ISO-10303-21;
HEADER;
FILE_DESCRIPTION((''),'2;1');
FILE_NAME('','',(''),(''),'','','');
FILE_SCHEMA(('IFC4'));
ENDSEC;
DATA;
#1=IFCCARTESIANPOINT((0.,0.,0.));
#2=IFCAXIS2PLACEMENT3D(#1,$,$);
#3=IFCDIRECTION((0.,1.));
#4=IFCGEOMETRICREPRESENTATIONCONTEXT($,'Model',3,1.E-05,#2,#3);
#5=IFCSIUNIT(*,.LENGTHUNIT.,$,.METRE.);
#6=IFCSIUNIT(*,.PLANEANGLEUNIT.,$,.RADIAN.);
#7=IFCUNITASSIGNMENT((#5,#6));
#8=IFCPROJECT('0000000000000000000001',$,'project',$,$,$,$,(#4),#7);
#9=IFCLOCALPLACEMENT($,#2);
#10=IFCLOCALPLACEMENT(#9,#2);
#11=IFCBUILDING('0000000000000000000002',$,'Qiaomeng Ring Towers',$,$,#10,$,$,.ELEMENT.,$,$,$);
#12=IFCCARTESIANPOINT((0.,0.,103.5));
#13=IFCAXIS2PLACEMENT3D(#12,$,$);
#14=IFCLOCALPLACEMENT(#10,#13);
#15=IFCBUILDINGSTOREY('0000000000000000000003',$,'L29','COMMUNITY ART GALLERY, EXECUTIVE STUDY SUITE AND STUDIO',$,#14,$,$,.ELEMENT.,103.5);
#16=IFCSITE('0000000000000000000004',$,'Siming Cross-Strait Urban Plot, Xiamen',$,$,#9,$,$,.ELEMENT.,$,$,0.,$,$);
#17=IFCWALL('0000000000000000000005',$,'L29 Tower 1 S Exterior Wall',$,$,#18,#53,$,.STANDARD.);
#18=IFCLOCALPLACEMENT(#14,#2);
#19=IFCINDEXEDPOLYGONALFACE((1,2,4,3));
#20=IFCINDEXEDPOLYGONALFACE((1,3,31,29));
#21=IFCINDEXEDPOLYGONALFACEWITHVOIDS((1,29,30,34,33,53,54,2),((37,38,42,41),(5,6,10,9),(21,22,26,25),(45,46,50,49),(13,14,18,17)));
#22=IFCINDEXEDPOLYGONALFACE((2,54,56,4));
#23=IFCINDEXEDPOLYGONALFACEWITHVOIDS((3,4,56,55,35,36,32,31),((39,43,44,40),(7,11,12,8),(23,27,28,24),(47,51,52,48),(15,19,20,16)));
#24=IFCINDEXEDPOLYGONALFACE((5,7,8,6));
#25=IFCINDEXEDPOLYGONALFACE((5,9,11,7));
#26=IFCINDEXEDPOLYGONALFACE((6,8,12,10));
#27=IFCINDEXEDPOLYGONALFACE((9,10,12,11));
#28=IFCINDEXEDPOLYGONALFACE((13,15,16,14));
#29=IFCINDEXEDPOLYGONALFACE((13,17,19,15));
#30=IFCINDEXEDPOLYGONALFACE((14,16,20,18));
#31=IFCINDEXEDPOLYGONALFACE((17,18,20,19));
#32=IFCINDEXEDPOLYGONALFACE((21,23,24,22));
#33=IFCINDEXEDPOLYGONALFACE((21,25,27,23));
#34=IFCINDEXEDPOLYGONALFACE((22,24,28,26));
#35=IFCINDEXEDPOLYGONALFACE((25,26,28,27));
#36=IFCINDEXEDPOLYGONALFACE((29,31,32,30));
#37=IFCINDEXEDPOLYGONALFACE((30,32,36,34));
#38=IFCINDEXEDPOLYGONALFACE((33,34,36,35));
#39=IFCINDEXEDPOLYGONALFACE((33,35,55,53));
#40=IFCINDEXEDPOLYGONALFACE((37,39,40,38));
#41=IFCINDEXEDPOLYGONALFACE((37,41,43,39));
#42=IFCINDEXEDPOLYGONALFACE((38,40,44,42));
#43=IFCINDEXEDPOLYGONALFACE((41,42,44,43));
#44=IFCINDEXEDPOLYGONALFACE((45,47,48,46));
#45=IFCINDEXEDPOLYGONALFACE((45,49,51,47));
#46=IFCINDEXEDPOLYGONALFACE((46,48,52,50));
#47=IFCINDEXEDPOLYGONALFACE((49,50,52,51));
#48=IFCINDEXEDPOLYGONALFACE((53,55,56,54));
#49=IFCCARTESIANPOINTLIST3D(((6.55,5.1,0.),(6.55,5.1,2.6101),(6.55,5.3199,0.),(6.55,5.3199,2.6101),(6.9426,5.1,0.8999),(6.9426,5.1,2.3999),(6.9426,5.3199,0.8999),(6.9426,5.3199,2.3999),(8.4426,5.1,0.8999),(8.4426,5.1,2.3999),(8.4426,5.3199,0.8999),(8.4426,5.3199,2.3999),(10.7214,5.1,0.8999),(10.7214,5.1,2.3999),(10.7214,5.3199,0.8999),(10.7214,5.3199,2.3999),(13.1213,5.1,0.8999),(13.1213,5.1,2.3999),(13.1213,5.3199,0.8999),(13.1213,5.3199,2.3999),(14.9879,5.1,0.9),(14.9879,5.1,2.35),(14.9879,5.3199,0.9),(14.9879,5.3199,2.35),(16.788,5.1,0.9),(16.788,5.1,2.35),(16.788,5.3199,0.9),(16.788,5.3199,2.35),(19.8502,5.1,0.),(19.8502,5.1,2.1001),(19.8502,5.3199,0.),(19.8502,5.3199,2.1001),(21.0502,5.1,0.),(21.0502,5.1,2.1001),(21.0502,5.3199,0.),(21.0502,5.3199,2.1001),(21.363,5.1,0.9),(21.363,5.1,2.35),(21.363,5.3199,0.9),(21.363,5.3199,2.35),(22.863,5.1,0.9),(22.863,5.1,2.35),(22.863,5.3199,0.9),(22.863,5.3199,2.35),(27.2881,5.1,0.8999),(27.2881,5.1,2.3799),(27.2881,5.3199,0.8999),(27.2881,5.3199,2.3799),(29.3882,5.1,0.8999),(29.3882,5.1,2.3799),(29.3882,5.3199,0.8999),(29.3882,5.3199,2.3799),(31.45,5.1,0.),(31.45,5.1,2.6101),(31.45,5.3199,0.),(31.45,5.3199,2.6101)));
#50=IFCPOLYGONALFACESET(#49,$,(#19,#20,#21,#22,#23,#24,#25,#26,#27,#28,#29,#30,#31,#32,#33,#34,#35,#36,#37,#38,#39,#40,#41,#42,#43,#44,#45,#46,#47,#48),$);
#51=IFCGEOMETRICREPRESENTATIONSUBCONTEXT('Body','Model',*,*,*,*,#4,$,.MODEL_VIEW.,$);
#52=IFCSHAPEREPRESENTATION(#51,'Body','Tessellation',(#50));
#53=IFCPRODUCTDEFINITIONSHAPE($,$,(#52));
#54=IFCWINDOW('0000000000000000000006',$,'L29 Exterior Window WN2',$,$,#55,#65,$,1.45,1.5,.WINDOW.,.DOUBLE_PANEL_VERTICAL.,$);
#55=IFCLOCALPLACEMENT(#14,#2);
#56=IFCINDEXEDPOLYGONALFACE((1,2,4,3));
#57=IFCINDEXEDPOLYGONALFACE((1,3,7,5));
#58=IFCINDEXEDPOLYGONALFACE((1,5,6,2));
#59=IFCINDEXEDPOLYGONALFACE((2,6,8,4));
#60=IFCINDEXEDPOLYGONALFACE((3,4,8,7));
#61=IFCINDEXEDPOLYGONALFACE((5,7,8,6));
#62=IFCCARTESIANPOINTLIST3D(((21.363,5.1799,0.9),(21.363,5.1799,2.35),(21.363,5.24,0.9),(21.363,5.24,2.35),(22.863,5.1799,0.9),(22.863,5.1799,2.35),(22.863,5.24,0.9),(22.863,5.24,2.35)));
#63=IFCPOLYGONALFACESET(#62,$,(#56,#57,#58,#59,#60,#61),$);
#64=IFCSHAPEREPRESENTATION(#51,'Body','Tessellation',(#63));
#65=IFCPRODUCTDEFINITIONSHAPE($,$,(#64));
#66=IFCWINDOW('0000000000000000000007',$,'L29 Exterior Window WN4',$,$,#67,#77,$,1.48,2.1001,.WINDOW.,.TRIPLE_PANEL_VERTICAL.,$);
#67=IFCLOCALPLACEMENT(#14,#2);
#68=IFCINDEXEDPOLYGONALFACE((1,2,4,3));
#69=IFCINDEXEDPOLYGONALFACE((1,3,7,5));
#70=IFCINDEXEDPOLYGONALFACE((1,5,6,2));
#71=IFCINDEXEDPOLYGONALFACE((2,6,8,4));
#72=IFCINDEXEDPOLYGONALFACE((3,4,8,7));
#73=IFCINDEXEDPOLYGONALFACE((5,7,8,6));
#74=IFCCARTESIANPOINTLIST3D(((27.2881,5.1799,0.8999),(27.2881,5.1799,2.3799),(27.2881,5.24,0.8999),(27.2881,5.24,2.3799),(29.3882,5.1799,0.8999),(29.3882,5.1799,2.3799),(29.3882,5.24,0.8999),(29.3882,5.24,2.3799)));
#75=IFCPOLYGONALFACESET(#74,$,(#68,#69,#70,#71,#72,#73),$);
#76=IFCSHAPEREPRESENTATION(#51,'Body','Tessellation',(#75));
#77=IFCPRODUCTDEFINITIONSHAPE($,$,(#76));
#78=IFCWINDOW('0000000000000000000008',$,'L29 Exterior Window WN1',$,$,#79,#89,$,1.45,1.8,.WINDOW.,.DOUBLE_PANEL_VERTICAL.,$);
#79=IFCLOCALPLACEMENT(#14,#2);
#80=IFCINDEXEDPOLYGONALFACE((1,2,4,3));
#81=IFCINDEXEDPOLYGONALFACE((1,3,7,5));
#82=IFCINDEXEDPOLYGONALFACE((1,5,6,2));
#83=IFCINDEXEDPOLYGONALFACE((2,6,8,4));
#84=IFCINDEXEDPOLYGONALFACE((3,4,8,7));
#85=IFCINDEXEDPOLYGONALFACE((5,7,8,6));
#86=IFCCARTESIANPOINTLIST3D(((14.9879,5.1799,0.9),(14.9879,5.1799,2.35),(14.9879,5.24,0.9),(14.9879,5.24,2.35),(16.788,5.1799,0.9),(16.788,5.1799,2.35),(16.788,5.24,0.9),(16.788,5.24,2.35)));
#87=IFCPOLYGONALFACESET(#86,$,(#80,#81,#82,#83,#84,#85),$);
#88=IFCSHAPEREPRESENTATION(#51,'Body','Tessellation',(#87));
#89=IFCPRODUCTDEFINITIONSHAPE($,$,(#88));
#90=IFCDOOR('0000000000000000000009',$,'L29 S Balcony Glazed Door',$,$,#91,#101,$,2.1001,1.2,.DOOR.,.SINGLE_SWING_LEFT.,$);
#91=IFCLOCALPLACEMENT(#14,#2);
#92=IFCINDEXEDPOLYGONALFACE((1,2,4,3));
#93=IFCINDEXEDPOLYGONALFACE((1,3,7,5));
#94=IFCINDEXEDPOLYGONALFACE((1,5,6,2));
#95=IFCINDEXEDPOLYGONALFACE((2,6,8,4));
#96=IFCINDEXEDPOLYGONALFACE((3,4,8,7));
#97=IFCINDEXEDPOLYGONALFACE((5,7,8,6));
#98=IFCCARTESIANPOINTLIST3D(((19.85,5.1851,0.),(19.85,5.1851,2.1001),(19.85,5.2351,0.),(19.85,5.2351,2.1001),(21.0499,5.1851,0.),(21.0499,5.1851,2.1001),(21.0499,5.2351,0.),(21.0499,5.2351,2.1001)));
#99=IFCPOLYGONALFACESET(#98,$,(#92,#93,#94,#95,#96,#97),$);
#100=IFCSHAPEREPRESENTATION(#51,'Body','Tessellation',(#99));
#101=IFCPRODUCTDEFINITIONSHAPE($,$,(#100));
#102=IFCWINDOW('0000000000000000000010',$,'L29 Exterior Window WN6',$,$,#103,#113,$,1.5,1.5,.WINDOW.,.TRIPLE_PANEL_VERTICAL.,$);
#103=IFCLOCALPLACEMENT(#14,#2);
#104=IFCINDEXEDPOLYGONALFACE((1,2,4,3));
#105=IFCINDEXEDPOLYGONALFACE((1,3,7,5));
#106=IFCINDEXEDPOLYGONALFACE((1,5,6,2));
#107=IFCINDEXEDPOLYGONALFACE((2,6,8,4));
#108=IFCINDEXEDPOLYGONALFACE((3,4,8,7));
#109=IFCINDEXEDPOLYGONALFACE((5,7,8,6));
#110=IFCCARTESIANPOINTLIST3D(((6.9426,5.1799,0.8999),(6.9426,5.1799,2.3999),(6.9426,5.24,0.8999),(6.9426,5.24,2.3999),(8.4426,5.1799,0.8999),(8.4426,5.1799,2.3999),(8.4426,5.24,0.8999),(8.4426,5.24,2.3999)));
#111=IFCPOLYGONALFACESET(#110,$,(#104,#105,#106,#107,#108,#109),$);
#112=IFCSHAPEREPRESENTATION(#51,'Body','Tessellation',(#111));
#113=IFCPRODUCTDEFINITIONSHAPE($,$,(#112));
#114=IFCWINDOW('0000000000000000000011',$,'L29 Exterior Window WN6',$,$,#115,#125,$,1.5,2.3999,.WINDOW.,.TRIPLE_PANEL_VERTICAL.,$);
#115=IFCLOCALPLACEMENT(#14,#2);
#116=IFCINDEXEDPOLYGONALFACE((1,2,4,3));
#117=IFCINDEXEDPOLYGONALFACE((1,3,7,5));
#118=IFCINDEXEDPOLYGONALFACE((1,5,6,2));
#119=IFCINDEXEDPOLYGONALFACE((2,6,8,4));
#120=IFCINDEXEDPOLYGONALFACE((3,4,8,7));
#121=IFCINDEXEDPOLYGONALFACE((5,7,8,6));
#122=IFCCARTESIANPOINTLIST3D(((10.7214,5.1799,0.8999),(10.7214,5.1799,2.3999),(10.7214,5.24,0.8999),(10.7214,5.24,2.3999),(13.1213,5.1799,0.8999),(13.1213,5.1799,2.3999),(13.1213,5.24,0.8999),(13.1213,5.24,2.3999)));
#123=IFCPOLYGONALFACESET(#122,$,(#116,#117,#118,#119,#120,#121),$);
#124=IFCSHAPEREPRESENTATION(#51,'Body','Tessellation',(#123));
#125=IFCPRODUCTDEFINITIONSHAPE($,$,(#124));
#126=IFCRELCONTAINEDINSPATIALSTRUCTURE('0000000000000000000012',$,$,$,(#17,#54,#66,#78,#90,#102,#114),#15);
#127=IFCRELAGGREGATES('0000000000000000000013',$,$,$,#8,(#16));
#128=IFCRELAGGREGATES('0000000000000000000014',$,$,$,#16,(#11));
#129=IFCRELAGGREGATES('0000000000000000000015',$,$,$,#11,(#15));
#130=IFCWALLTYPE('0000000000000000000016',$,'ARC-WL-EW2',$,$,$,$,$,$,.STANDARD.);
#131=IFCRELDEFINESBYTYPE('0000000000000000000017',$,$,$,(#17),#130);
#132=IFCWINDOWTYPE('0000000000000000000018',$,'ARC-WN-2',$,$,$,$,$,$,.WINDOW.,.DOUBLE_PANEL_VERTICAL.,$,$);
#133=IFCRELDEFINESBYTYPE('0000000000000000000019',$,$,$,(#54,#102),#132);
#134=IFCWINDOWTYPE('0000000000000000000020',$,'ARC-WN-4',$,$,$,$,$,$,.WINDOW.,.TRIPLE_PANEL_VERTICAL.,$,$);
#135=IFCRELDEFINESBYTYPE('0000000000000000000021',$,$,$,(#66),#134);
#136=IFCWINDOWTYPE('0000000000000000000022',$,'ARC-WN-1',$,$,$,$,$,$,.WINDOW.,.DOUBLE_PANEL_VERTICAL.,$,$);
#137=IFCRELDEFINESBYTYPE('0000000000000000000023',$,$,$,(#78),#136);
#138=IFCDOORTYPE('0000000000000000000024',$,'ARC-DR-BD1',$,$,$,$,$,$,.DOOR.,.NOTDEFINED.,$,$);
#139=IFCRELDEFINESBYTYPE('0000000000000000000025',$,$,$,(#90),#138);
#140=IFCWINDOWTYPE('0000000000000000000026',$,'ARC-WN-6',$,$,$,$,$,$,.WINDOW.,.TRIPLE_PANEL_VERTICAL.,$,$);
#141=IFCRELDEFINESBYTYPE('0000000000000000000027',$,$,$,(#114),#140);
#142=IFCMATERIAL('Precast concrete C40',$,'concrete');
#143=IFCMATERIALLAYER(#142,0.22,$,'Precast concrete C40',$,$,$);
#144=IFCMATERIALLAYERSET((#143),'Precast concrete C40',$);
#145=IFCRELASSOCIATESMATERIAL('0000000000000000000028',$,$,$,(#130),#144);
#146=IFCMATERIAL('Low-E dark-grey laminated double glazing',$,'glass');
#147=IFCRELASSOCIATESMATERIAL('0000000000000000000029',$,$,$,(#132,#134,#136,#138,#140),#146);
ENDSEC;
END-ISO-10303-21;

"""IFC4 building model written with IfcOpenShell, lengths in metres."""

from ifc_helpers import new_model, si_unit, direction, frame, frame_2d, origin, place, context, subcontext, project, spatial, rectangle, extrude, source, transform, mapped, material, layer, layer_set, type_object, element, fill, save


model = new_model("IFC4")

# Units and contexts
model_context = context("Model", 3, precision=1e-05, world=origin(), true_north=direction((0.0, 1.0)))
body_context = subcontext(model_context, "Body", "Model", "MODEL_VIEW")
ifc_project = project(units=[si_unit("LENGTHUNIT", "METRE"), si_unit("PLANEANGLEUNIT", "RADIAN")], contexts=[model_context])

# Site, building, storey
site_placement = place(None, origin())
site = spatial("IfcSite", under=ifc_project, at=site_placement, Name="Siming Cross-Strait Urban Plot, Xiamen", CompositionType="ELEMENT", RefElevation=0.0)
building_placement = place(site_placement, origin())
building = spatial("IfcBuilding", under=site, at=building_placement, Name="Qiaomeng Ring Towers", CompositionType="ELEMENT")
storey_placement = place(building_placement, frame((0.0, 0.0, 103.5)))
storey = spatial("IfcBuildingStorey", under=building, at=storey_placement, Name="L29", Description="COMMUNITY ART GALLERY, EXECUTIVE STUDY SUITE AND STUDIO", CompositionType="ELEMENT", Elevation=103.5)

# Shared definitions
ifc_material_1 = material(Name="Precast concrete C40", Category="concrete")

# Wall, openings, windows, door
ifc_layer_1 = layer(ifc_material_1, 0.22, Name="Precast concrete C40")
ifc_layer_set_1 = layer_set([ifc_layer_1], Name="Precast concrete C40")
wall_type_1 = type_object("IfcWallType", Name="ARC-WL-EW2", PredefinedType="STANDARD", material=ifc_layer_set_1)
wall_1_placement = place(storey_placement, frame((6.55, 5.21, 0.0), z_axis=(0.0, 0.0, 1.0), x_axis=(1.0, 0.0, 0.0)))
wall_1 = element("IfcWall", 1, at=wall_1_placement, inside=storey, type_object=wall_type_1, Name="L29 Tower 1 S Exterior Wall", PredefinedType="STANDARD", context=body_context, shape_type="SweptSolid", body=[
    extrude(rectangle(XDim=24.8999, YDim=0.22, at=frame_2d((12.45, 0.0))), origin(), (0.0, 0.0, 1.0), 2.6101),
])
opening_1_placement = place(wall_1_placement, frame((13.3, 0.0, 0.0)))
opening_1 = element("IfcOpeningElement", 2, at=opening_1_placement, cuts=wall_1, PredefinedType="OPENING", context=body_context, shape_type="SweptSolid", body=[
    extrude(rectangle(XDim=1.2, YDim=2.1001, at=frame_2d((0.6001, 1.05))), frame((0.0, 0.1199, 0.0), z_axis=(0.0, -1.0, 0.0), x_axis=(1.0, 0.0, 0.0)), (0.0, 0.0, 1.0), 0.24),
])
opening_2_placement = place(wall_1_placement, frame((0.3926, 0.0, 0.8999)))
opening_2 = element("IfcOpeningElement", 3, at=opening_2_placement, cuts=wall_1, PredefinedType="OPENING", context=body_context, shape_type="SweptSolid", body=[
    extrude(rectangle(XDim=1.5, YDim=1.5, at=frame_2d((0.75, 0.75))), frame((0.0, 0.1199, 0.0), z_axis=(0.0, -1.0, 0.0), x_axis=(1.0, 0.0, 0.0)), (0.0, 0.0, 1.0), 0.24),
])
opening_3_placement = place(wall_1_placement, frame((8.438, 0.0, 0.8999)))
opening_3 = element("IfcOpeningElement", 4, at=opening_3_placement, cuts=wall_1, PredefinedType="OPENING", context=body_context, shape_type="SweptSolid", body=[
    extrude(rectangle(XDim=1.8, YDim=1.45, at=frame_2d((0.8999, 0.7251))), frame((0.0, 0.1199, 0.0), z_axis=(0.0, -1.0, 0.0), x_axis=(1.0, 0.0, 0.0)), (0.0, 0.0, 1.0), 0.24),
])
opening_4_placement = place(wall_1_placement, frame((14.813, 0.0, 0.8999)))
opening_4 = element("IfcOpeningElement", 5, at=opening_4_placement, cuts=wall_1, PredefinedType="OPENING", context=body_context, shape_type="SweptSolid", body=[
    extrude(rectangle(XDim=1.5, YDim=1.45, at=frame_2d((0.75, 0.7251))), frame((0.0, 0.1199, 0.0), z_axis=(0.0, -1.0, 0.0), x_axis=(1.0, 0.0, 0.0)), (0.0, 0.0, 1.0), 0.24),
])
opening_5_placement = place(wall_1_placement, frame((20.738, 0.0, 0.8999)))
opening_5 = element("IfcOpeningElement", 6, at=opening_5_placement, cuts=wall_1, PredefinedType="OPENING", context=body_context, shape_type="SweptSolid", body=[
    extrude(rectangle(XDim=2.1001, YDim=1.48, at=frame_2d((1.05, 0.74))), frame((0.0, 0.1199, 0.0), z_axis=(0.0, -1.0, 0.0), x_axis=(1.0, 0.0, 0.0)), (0.0, 0.0, 1.0), 0.24),
])
opening_6_placement = place(wall_1_placement, frame((4.1714, 0.0, 0.8999)))
opening_6 = element("IfcOpeningElement", 7, at=opening_6_placement, cuts=wall_1, PredefinedType="OPENING", context=body_context, shape_type="SweptSolid", body=[
    extrude(rectangle(XDim=2.3999, YDim=1.5, at=frame_2d((1.2, 0.75))), frame((0.0, 0.1199, 0.0), z_axis=(0.0, -1.0, 0.0), x_axis=(1.0, 0.0, 0.0)), (0.0, 0.0, 1.0), 0.24),
])
ifc_material_2 = material(Name="Low-E dark-grey laminated double glazing", Category="glass")
window_type_1 = type_object("IfcWindowType", Name="ARC-WN-2", PartitioningType="DOUBLE_PANEL_VERTICAL", PredefinedType="WINDOW", material=ifc_material_2)
shared_shape_1 = source(origin(), body_context, "Body", "SweptSolid", [
    extrude(rectangle(XDim=1.5, YDim=1.45, at=frame_2d((0.75, 0.7251))), frame((0.0, 0.03, 0.0), z_axis=(0.0, -1.0, 0.0), x_axis=(1.0, 0.0, 0.0)), (0.0, 0.0, 1.0), 0.0601),
])
window_1_placement = place(opening_4_placement, origin())
window_1 = element("IfcWindow", 8, at=window_1_placement, inside=storey, type_object=window_type_1, Name="L29 Exterior Window WN2", OverallHeight=1.45, OverallWidth=1.5, PartitioningType="DOUBLE_PANEL_VERTICAL", PredefinedType="WINDOW", context=body_context, shape_type="MappedRepresentation", body=[
    mapped(shared_shape_1, transform((0.0, 0.0, 0.0), x_axis=(1.0, 0.0, 0.0), y_axis=(0.0, 1.0, 0.0), z_axis=(0.0, 0.0, 1.0), scale=1.0)),
])
fill(opening_4, window_1)
window_type_2 = type_object("IfcWindowType", Name="ARC-WN-4", PartitioningType="TRIPLE_PANEL_VERTICAL", PredefinedType="WINDOW", material=ifc_material_2)
shared_shape_2 = source(origin(), body_context, "Body", "SweptSolid", [
    extrude(rectangle(XDim=2.1001, YDim=1.48, at=frame_2d((1.05, 0.74))), frame((0.0, 0.03, 0.0), z_axis=(0.0, -1.0, 0.0), x_axis=(1.0, 0.0, 0.0)), (0.0, 0.0, 1.0), 0.0601),
])
window_2_placement = place(opening_5_placement, origin())
window_2 = element("IfcWindow", 9, at=window_2_placement, inside=storey, type_object=window_type_2, Name="L29 Exterior Window WN4", OverallHeight=1.48, OverallWidth=2.1001, PartitioningType="TRIPLE_PANEL_VERTICAL", PredefinedType="WINDOW", context=body_context, shape_type="MappedRepresentation", body=[
    mapped(shared_shape_2, transform((0.0, 0.0, 0.0), x_axis=(1.0, 0.0, 0.0), y_axis=(0.0, 1.0, 0.0), z_axis=(0.0, 0.0, 1.0), scale=1.0)),
])
fill(opening_5, window_2)
window_type_3 = type_object("IfcWindowType", Name="ARC-WN-1", PartitioningType="DOUBLE_PANEL_VERTICAL", PredefinedType="WINDOW", material=ifc_material_2)
shared_shape_3 = source(origin(), body_context, "Body", "SweptSolid", [
    extrude(rectangle(XDim=1.8, YDim=1.45, at=frame_2d((0.8999, 0.7251))), frame((0.0, 0.03, 0.0), z_axis=(0.0, -1.0, 0.0), x_axis=(1.0, 0.0, 0.0)), (0.0, 0.0, 1.0), 0.0601),
])
window_3_placement = place(opening_3_placement, origin())
window_3 = element("IfcWindow", 10, at=window_3_placement, inside=storey, type_object=window_type_3, Name="L29 Exterior Window WN1", OverallHeight=1.45, OverallWidth=1.8, PartitioningType="DOUBLE_PANEL_VERTICAL", PredefinedType="WINDOW", context=body_context, shape_type="MappedRepresentation", body=[
    mapped(shared_shape_3, transform((0.0, 0.0, 0.0), x_axis=(1.0, 0.0, 0.0), y_axis=(0.0, 1.0, 0.0), z_axis=(0.0, 0.0, 1.0), scale=1.0)),
])
fill(opening_3, window_3)
door_type_1 = type_object("IfcDoorType", Name="ARC-DR-BD1", OperationType="NOTDEFINED", PredefinedType="DOOR", material=ifc_material_2)
shared_shape_4 = source(origin(), body_context, "Body", "SweptSolid", [
    extrude(rectangle(XDim=1.2, YDim=2.1001, at=frame_2d((0.6001, 1.05))), frame((0.0, 0.0249, 0.0), z_axis=(0.0, -1.0, 0.0), x_axis=(1.0, 0.0, 0.0)), (0.0, 0.0, 1.0), 0.05),
])
door_1_placement = place(opening_1_placement, frame((1.2, 0.0, 0.0), z_axis=(0.0, 0.0, 1.0), x_axis=(-1.0, 0.0, 0.0)))
door_1 = element("IfcDoor", 11, at=door_1_placement, inside=storey, type_object=door_type_1, Name="L29 S Balcony Glazed Door", OperationType="SINGLE_SWING_LEFT", OverallHeight=2.1001, OverallWidth=1.2, PredefinedType="DOOR", context=body_context, shape_type="MappedRepresentation", body=[
    mapped(shared_shape_4, transform((0.0, 0.0, 0.0), x_axis=(1.0, 0.0, 0.0), y_axis=(0.0, 1.0, 0.0), z_axis=(0.0, 0.0, 1.0), scale=1.0)),
])
fill(opening_1, door_1)
shared_shape_5 = source(origin(), body_context, "Body", "SweptSolid", [
    extrude(rectangle(XDim=1.5, YDim=1.5, at=frame_2d((0.75, 0.75))), frame((0.0, 0.03, 0.0), z_axis=(0.0, -1.0, 0.0), x_axis=(1.0, 0.0, 0.0)), (0.0, 0.0, 1.0), 0.0601),
])
window_4_placement = place(opening_2_placement, origin())
window_4 = element("IfcWindow", 12, at=window_4_placement, inside=storey, type_object=window_type_1, Name="L29 Exterior Window WN6", OverallHeight=1.5, OverallWidth=1.5, PartitioningType="TRIPLE_PANEL_VERTICAL", PredefinedType="WINDOW", context=body_context, shape_type="MappedRepresentation", body=[
    mapped(shared_shape_5, transform((0.0, 0.0, 0.0), x_axis=(1.0, 0.0, 0.0), y_axis=(0.0, 1.0, 0.0), z_axis=(0.0, 0.0, 1.0), scale=1.0)),
])
fill(opening_2, window_4)
window_type_4 = type_object("IfcWindowType", Name="ARC-WN-6", PartitioningType="TRIPLE_PANEL_VERTICAL", PredefinedType="WINDOW", material=ifc_material_2)
shared_shape_6 = source(origin(), body_context, "Body", "SweptSolid", [
    extrude(rectangle(XDim=2.3999, YDim=1.5, at=frame_2d((1.2, 0.75))), frame((0.0, 0.03, 0.0), z_axis=(0.0, -1.0, 0.0), x_axis=(1.0, 0.0, 0.0)), (0.0, 0.0, 1.0), 0.0601),
])
window_5_placement = place(opening_6_placement, origin())
window_5 = element("IfcWindow", 13, at=window_5_placement, inside=storey, type_object=window_type_4, Name="L29 Exterior Window WN6", OverallHeight=1.5, OverallWidth=2.3999, PartitioningType="TRIPLE_PANEL_VERTICAL", PredefinedType="WINDOW", context=body_context, shape_type="MappedRepresentation", body=[
    mapped(shared_shape_6, transform((0.0, 0.0, 0.0), x_axis=(1.0, 0.0, 0.0), y_axis=(0.0, 1.0, 0.0), z_axis=(0.0, 0.0, 1.0), scale=1.0)),
])
fill(opening_6, window_5)

save(model, "model.ifc")
